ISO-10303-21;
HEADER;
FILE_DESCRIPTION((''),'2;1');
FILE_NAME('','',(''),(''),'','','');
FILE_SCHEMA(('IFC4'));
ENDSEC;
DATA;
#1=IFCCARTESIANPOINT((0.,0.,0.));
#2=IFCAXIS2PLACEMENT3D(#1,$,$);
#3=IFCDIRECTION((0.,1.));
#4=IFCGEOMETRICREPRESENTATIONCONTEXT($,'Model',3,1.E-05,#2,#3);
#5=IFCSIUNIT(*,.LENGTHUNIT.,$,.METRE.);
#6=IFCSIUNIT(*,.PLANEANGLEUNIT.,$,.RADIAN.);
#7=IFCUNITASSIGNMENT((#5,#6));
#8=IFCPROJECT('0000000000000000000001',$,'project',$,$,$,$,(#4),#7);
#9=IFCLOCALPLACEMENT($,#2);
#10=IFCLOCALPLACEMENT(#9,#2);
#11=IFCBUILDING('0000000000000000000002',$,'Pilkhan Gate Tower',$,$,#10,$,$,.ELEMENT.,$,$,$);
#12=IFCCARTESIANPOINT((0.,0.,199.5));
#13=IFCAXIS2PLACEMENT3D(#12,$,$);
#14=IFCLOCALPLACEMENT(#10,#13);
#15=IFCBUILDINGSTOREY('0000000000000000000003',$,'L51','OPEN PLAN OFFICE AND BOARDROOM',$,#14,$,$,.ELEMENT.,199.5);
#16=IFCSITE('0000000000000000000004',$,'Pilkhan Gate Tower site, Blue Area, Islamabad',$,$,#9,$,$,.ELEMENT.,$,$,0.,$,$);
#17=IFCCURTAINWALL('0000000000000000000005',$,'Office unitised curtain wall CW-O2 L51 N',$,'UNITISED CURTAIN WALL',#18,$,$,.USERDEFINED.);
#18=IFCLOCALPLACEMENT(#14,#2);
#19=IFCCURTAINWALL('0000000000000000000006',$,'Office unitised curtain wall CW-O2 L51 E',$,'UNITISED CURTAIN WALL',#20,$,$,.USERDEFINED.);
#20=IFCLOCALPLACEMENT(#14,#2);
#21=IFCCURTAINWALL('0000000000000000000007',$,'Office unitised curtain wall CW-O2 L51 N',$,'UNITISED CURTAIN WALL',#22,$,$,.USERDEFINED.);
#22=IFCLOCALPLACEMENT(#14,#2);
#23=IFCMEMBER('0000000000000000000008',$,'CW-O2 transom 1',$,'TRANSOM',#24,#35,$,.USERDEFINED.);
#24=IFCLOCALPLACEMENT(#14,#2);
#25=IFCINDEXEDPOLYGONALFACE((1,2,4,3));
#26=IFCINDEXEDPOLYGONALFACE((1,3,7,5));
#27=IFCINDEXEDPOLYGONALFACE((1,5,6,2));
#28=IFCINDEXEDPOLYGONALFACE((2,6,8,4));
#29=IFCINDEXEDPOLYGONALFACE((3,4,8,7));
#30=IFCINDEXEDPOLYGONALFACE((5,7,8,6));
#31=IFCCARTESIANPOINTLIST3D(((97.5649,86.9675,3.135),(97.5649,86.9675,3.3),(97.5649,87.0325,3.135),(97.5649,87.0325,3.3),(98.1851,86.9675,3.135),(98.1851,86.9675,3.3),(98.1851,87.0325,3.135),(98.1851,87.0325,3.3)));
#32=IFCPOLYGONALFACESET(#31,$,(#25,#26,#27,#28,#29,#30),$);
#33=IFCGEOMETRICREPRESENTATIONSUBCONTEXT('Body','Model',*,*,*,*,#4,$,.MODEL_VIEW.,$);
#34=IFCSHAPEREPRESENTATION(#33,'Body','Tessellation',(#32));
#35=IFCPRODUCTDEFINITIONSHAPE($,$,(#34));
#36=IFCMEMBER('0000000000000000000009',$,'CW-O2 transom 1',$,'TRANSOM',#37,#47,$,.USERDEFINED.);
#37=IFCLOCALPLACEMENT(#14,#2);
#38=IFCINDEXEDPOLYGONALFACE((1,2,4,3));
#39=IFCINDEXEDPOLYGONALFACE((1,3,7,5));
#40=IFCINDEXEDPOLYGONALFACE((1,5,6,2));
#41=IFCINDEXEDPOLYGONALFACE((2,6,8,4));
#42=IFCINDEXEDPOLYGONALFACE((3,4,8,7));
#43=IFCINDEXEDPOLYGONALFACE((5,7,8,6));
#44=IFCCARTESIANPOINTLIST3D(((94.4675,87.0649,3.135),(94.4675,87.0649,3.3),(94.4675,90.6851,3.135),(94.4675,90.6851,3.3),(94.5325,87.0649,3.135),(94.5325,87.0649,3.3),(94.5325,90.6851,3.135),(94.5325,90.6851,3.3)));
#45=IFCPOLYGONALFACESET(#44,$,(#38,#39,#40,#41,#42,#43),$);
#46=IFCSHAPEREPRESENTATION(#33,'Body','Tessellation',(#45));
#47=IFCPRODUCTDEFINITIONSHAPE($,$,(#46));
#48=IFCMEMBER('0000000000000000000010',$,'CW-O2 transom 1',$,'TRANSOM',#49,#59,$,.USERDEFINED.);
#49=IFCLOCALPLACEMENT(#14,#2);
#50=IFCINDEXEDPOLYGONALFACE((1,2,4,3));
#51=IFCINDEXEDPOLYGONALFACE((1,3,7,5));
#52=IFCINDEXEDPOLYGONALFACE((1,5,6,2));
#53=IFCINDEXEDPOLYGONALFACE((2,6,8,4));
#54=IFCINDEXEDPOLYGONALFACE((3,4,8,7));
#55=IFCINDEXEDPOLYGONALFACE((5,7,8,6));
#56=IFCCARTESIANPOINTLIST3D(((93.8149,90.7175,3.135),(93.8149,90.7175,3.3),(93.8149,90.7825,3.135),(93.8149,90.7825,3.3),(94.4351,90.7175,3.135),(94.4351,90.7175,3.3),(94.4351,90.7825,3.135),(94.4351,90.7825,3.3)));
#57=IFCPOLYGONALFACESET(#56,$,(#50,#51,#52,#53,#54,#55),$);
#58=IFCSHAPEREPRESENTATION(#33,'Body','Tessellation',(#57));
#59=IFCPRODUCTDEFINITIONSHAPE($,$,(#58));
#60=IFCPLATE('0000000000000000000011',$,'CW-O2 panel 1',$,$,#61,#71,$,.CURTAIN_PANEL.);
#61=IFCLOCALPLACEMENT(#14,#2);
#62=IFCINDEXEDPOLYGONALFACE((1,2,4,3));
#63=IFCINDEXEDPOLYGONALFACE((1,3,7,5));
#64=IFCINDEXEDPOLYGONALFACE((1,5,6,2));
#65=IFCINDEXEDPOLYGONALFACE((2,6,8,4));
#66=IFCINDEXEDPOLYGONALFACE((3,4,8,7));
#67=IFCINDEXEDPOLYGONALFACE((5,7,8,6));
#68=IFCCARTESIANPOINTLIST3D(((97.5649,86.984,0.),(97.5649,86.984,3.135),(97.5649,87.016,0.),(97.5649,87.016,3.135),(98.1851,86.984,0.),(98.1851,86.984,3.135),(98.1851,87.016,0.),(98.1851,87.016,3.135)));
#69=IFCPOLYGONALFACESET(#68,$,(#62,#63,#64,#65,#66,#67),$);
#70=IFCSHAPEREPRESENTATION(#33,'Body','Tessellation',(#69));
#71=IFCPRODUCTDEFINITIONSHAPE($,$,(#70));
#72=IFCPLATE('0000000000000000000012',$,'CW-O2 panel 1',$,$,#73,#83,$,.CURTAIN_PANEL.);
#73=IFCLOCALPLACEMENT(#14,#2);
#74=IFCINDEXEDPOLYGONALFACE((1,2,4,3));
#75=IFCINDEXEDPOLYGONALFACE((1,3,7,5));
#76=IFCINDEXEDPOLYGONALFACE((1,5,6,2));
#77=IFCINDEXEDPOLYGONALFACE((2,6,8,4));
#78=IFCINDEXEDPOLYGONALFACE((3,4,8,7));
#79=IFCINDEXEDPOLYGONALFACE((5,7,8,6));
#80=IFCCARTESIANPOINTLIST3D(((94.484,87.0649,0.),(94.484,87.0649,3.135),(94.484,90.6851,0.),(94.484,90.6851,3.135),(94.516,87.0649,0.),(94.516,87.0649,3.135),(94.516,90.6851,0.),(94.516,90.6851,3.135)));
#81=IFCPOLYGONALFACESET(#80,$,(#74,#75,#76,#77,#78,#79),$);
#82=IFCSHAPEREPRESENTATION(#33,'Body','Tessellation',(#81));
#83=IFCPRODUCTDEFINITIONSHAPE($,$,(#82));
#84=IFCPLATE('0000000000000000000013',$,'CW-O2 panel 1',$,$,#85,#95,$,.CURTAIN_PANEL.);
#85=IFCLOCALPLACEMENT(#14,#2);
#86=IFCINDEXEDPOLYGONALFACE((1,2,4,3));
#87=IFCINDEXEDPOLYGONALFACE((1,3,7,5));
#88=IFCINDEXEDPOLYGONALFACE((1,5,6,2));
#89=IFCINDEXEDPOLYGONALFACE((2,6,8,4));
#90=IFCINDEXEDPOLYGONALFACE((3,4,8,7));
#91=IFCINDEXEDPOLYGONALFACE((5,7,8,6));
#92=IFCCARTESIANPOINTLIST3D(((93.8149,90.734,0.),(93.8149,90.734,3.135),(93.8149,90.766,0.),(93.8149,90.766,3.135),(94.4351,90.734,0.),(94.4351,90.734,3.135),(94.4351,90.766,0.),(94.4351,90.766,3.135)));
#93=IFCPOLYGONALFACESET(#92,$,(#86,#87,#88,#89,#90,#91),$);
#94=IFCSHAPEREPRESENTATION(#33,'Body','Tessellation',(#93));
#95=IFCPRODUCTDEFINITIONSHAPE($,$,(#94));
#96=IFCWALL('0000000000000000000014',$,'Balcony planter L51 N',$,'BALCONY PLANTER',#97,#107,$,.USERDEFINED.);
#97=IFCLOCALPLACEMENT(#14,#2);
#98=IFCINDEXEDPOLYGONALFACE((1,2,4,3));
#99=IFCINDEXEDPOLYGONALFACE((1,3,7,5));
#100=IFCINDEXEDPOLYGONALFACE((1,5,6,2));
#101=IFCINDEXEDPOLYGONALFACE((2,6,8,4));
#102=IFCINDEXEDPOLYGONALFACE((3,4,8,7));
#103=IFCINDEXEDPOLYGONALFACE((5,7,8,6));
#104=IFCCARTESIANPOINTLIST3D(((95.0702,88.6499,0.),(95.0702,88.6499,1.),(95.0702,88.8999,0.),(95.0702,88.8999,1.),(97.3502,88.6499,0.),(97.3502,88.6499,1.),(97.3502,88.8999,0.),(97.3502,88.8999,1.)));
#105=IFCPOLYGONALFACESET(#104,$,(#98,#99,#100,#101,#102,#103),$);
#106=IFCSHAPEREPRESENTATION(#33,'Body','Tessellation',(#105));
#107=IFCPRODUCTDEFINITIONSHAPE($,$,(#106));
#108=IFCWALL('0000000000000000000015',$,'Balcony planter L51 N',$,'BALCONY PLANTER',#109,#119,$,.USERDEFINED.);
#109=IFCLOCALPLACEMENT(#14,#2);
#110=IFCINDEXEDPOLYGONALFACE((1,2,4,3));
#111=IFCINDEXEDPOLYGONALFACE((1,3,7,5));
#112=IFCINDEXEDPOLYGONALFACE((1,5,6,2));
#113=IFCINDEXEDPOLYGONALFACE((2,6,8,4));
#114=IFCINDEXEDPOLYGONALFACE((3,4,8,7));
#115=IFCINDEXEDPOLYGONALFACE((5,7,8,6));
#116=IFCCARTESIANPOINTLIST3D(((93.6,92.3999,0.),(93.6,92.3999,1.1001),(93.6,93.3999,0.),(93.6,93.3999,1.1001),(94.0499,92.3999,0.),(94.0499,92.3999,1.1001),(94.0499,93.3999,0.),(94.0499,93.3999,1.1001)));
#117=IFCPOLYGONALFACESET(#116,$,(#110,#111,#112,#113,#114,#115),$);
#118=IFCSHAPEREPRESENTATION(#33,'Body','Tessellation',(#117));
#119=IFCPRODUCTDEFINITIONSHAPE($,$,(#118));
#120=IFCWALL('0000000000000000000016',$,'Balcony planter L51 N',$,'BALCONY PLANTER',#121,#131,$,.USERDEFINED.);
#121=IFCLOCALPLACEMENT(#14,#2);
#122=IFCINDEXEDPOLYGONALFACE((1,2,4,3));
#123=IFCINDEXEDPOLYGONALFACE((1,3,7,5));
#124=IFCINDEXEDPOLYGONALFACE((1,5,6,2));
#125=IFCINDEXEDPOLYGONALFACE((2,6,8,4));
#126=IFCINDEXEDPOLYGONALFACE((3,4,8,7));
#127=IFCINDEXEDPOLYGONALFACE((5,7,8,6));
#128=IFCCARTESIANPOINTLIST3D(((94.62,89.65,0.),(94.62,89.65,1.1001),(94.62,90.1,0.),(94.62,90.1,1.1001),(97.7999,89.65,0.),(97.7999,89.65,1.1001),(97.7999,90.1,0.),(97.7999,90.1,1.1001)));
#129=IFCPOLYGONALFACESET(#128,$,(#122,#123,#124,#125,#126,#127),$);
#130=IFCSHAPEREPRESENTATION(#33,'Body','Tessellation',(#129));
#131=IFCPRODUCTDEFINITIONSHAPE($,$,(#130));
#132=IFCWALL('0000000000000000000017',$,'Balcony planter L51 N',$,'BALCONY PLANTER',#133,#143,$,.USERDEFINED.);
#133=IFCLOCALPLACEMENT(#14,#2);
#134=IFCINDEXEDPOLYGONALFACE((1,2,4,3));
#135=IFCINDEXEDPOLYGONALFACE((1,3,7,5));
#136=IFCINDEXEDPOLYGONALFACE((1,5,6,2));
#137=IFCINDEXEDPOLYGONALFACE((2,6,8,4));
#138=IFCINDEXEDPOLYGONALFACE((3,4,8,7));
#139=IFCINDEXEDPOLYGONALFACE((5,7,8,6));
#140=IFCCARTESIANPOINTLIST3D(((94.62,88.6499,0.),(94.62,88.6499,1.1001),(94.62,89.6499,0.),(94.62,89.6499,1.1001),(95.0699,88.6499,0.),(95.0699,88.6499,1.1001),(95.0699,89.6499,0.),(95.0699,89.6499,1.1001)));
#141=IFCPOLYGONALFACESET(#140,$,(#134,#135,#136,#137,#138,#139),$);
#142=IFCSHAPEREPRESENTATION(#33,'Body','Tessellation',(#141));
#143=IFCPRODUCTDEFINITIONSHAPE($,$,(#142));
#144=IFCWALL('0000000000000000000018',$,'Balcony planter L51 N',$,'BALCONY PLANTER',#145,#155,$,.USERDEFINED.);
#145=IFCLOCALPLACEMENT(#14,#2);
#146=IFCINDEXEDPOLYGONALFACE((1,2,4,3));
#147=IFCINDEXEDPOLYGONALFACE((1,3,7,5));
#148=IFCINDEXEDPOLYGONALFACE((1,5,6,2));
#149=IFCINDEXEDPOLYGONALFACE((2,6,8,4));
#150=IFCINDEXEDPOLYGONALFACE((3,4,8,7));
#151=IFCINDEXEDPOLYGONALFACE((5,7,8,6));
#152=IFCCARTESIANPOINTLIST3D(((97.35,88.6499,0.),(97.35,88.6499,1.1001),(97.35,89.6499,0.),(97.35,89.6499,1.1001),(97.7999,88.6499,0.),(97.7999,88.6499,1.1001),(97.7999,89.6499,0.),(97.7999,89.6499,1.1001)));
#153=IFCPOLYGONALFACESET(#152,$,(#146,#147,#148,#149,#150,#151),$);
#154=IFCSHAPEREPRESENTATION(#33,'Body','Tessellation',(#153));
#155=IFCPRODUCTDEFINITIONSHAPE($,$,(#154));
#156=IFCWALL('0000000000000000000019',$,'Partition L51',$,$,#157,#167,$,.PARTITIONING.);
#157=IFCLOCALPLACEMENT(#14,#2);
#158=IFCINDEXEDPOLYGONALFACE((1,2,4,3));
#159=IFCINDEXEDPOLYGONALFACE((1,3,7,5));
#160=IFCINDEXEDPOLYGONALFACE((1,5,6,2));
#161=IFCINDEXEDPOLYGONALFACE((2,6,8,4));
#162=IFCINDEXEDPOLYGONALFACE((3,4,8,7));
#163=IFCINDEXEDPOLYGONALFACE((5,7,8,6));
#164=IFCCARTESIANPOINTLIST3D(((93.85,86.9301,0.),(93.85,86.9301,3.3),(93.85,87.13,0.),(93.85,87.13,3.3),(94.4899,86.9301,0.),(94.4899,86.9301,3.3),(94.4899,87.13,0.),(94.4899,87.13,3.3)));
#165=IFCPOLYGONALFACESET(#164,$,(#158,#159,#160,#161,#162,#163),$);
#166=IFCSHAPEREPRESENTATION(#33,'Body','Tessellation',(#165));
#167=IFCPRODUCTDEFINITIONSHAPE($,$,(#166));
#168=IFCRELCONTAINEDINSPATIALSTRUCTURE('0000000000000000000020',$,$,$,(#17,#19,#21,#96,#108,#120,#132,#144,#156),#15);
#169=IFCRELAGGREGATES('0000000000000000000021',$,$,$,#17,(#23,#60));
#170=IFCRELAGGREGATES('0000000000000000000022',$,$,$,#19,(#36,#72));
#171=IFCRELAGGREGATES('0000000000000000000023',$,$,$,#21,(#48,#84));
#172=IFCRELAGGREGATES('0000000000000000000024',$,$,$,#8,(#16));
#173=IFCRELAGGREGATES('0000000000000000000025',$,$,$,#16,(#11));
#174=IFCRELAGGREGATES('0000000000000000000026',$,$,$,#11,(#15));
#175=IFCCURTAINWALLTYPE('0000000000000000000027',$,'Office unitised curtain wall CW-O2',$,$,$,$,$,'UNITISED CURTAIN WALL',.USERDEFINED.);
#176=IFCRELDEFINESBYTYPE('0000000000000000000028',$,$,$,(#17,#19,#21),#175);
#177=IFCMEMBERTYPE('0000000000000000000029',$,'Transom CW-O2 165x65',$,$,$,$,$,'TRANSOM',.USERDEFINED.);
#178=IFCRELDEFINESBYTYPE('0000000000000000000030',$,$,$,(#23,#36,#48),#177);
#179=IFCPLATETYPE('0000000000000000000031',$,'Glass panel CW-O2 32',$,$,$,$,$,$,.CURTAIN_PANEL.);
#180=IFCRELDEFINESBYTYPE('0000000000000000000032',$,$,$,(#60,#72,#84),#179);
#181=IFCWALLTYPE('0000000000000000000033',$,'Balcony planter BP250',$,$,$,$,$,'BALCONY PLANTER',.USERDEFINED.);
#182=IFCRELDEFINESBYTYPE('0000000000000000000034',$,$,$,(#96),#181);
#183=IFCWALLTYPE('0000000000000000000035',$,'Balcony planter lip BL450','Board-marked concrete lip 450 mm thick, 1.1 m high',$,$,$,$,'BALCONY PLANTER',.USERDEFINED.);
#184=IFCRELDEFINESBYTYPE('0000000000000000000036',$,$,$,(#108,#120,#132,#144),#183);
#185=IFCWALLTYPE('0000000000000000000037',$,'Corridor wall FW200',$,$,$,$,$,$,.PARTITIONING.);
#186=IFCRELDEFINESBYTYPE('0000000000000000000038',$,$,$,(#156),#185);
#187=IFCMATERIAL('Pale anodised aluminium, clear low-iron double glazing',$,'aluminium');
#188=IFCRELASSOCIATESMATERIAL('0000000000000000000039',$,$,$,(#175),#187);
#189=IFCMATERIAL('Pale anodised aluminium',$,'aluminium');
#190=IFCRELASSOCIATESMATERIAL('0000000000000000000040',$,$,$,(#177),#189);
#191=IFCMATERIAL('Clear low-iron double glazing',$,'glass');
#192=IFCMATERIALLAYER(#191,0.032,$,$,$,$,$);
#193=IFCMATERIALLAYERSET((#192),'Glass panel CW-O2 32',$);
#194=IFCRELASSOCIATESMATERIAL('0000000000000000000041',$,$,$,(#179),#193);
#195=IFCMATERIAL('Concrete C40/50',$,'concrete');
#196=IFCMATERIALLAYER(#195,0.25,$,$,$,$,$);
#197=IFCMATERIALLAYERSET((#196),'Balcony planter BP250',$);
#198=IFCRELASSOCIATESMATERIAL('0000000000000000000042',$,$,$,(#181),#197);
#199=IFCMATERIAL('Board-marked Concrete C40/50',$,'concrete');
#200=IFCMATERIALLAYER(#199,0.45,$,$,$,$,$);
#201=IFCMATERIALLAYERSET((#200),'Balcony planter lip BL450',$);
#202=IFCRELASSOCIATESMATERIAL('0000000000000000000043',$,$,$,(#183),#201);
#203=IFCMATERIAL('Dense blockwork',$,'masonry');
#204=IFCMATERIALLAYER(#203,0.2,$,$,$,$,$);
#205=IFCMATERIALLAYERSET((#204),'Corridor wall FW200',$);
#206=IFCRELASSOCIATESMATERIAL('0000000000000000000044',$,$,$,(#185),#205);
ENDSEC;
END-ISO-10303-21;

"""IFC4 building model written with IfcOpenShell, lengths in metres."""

from ifc_helpers import new_model, si_unit, direction, frame, frame_2d, origin, origin_2d, place, context, subcontext, project, spatial, rectangle, extrude, material, layer, layer_set, material_profile, profile_set, type_object, element, aggregate, save


model = new_model("IFC4")

# Units and contexts
model_context = context("Model", 3, precision=1e-05, world=origin(), true_north=direction((0.0, 1.0)))
body_context = subcontext(model_context, "Body", "Model", "MODEL_VIEW")
ifc_project = project(units=[si_unit("LENGTHUNIT", "METRE"), si_unit("PLANEANGLEUNIT", "RADIAN")], contexts=[model_context])

# Site, building, storey
site_placement = place(None, origin())
site = spatial("IfcSite", under=ifc_project, at=site_placement, Name="Pilkhan Gate Tower site, Blue Area, Islamabad", CompositionType="ELEMENT", RefElevation=0.0)
building_placement = place(site_placement, origin())
building = spatial("IfcBuilding", under=site, at=building_placement, Name="Pilkhan Gate Tower", CompositionType="ELEMENT")
storey_placement = place(building_placement, frame((0.0, 0.0, 199.5)))
storey = spatial("IfcBuildingStorey", under=building, at=storey_placement, Name="L51", Description="OPEN PLAN OFFICE AND BOARDROOM", CompositionType="ELEMENT", Elevation=199.5)

# Shared definitions
ifc_material_1 = material(Name="Pale anodised aluminium, clear low-iron double glazing", Category="aluminium")
curtain_wall_type = type_object("IfcCurtainWallType", Name="Office unitised curtain wall CW-O2", ElementType="UNITISED CURTAIN WALL", PredefinedType="USERDEFINED", material=ifc_material_1)
ifc_material_2 = material(Name="Pale anodised aluminium", Category="aluminium")

# Curtain walls
curtain_wall_1_placement = place(storey_placement, origin())
curtain_wall_1 = element("IfcCurtainWall", 1, at=curtain_wall_1_placement, inside=storey, type_object=curtain_wall_type, Name="Office unitised curtain wall CW-O2 L51 N", ObjectType="UNITISED CURTAIN WALL", PredefinedType="USERDEFINED")
curtain_wall_2_placement = place(storey_placement, origin())
curtain_wall_2 = element("IfcCurtainWall", 2, at=curtain_wall_2_placement, inside=storey, type_object=curtain_wall_type, Name="Office unitised curtain wall CW-O2 L51 E", ObjectType="UNITISED CURTAIN WALL", PredefinedType="USERDEFINED")
curtain_wall_3_placement = place(storey_placement, origin())
curtain_wall_3 = element("IfcCurtainWall", 3, at=curtain_wall_3_placement, inside=storey, type_object=curtain_wall_type, Name="Office unitised curtain wall CW-O2 L51 N", ObjectType="UNITISED CURTAIN WALL", PredefinedType="USERDEFINED")

# Members
ifc_material_profile_1 = material_profile(ifc_material_2, rectangle(XDim=0.0649, YDim=0.165, at=origin_2d()), Name="Transom 165x65")
ifc_profile_set_1 = profile_set([ifc_material_profile_1], Name="Pale anodised aluminium")
member_type_1 = type_object("IfcMemberType", Name="Transom CW-O2 165x65", ElementType="TRANSOM", PredefinedType="USERDEFINED", material=ifc_profile_set_1)
member_1_placement = place(storey_placement, frame((97.5649, 87.0, 3.2175), z_axis=(1.0, 0.0, 0.0), x_axis=(0.0, 1.0, 0.0)))
member_1 = element("IfcMember", 4, at=member_1_placement, type_object=member_type_1, Name="CW-O2 transom 1", ObjectType="TRANSOM", PredefinedType="USERDEFINED", context=body_context, shape_type="SweptSolid", body=[
    extrude(rectangle(XDim=0.0649, YDim=0.165, at=origin_2d()), origin(), (0.0, 0.0, 1.0), 0.6201),
])
member_2_placement = place(storey_placement, frame((94.5, 87.0649, 3.2175), z_axis=(0.0, 1.0, 0.0), x_axis=(-1.0, 0.0, 0.0)))
member_2 = element("IfcMember", 5, at=member_2_placement, type_object=member_type_1, Name="CW-O2 transom 1", ObjectType="TRANSOM", PredefinedType="USERDEFINED", context=body_context, shape_type="SweptSolid", body=[
    extrude(rectangle(XDim=0.0649, YDim=0.165, at=origin_2d()), origin(), (0.0, 0.0, 1.0), 3.6201),
])
member_3_placement = place(storey_placement, frame((93.8149, 90.75, 3.2175), z_axis=(1.0, 0.0, 0.0), x_axis=(0.0, 1.0, 0.0)))
member_3 = element("IfcMember", 6, at=member_3_placement, type_object=member_type_1, Name="CW-O2 transom 1", ObjectType="TRANSOM", PredefinedType="USERDEFINED", context=body_context, shape_type="SweptSolid", body=[
    extrude(rectangle(XDim=0.0649, YDim=0.165, at=origin_2d()), origin(), (0.0, 0.0, 1.0), 0.6201),
])

# Plates
ifc_material_3 = material(Name="Clear low-iron double glazing", Category="glass")
ifc_layer_1 = layer(ifc_material_3, 0.032)
ifc_layer_set_1 = layer_set([ifc_layer_1], Name="Glass panel CW-O2 32")
plate_type = type_object("IfcPlateType", Name="Glass panel CW-O2 32", PredefinedType="CURTAIN_PANEL", material=ifc_layer_set_1)
plate_1_placement = place(storey_placement, frame((97.875, 87.0, 0.0), z_axis=(0.0, 0.0, 1.0), x_axis=(1.0, 0.0, 0.0)))
plate_1 = element("IfcPlate", 7, at=plate_1_placement, type_object=plate_type, Name="CW-O2 panel 1", PredefinedType="CURTAIN_PANEL", context=body_context, shape_type="SweptSolid", body=[
    extrude(rectangle(XDim=0.6201, YDim=0.032, at=origin_2d()), origin(), (0.0, 0.0, 1.0), 3.135),
])
aggregate(curtain_wall_1, [member_1, plate_1])
plate_2_placement = place(storey_placement, frame((94.5, 88.875, 0.0), z_axis=(0.0, 0.0, 1.0), x_axis=(0.0, 1.0, 0.0)))
plate_2 = element("IfcPlate", 8, at=plate_2_placement, type_object=plate_type, Name="CW-O2 panel 1", PredefinedType="CURTAIN_PANEL", context=body_context, shape_type="SweptSolid", body=[
    extrude(rectangle(XDim=3.6201, YDim=0.032, at=origin_2d()), origin(), (0.0, 0.0, 1.0), 3.135),
])
aggregate(curtain_wall_2, [member_2, plate_2])
plate_3_placement = place(storey_placement, frame((94.125, 90.75, 0.0), z_axis=(0.0, 0.0, 1.0), x_axis=(1.0, 0.0, 0.0)))
plate_3 = element("IfcPlate", 9, at=plate_3_placement, type_object=plate_type, Name="CW-O2 panel 1", PredefinedType="CURTAIN_PANEL", context=body_context, shape_type="SweptSolid", body=[
    extrude(rectangle(XDim=0.6201, YDim=0.032, at=origin_2d()), origin(), (0.0, 0.0, 1.0), 3.135),
])
aggregate(curtain_wall_3, [member_3, plate_3])

# Walls
ifc_material_4 = material(Name="Concrete C40/50", Category="concrete")
ifc_layer_2 = layer(ifc_material_4, 0.25)
ifc_layer_set_2 = layer_set([ifc_layer_2], Name="Balcony planter BP250")
wall_type_1 = type_object("IfcWallType", Name="Balcony planter BP250", ElementType="BALCONY PLANTER", PredefinedType="USERDEFINED", material=ifc_layer_set_2)
wall_1_placement = place(storey_placement, frame((95.0701, 88.7749, 0.0), z_axis=(0.0, 0.0, 1.0), x_axis=(1.0, 0.0, 0.0)))
element("IfcWall", 10, at=wall_1_placement, inside=storey, type_object=wall_type_1, Name="Balcony planter L51 N", ObjectType="BALCONY PLANTER", PredefinedType="USERDEFINED", context=body_context, shape_type="SweptSolid", body=[
    extrude(rectangle(XDim=2.28, YDim=0.25, at=frame_2d((1.1401, 0.0))), origin(), (0.0, 0.0, 1.0), 1.0),
])
ifc_material_5 = material(Name="Board-marked Concrete C40/50", Category="concrete")
ifc_layer_3 = layer(ifc_material_5, 0.45)
ifc_layer_set_3 = layer_set([ifc_layer_3], Name="Balcony planter lip BL450")
wall_type_2 = type_object("IfcWallType", Name="Balcony planter lip BL450", Description="Board-marked concrete lip 450 mm thick, 1.1 m high", ElementType="BALCONY PLANTER", PredefinedType="USERDEFINED", material=ifc_layer_set_3)
wall_2_placement = place(storey_placement, frame((93.825, 92.3999, 0.0), z_axis=(0.0, 0.0, 1.0), x_axis=(0.0, 1.0, 0.0)))
element("IfcWall", 11, at=wall_2_placement, inside=storey, type_object=wall_type_2, Name="Balcony planter L51 N", ObjectType="BALCONY PLANTER", PredefinedType="USERDEFINED", context=body_context, shape_type="SweptSolid", body=[
    extrude(rectangle(XDim=1.0, YDim=0.45, at=frame_2d((0.5, 0.0))), origin(), (0.0, 0.0, 1.0), 1.1001),
])
wall_3_placement = place(storey_placement, frame((94.6201, 89.875, 0.0), z_axis=(0.0, 0.0, 1.0), x_axis=(1.0, 0.0, 0.0)))
element("IfcWall", 12, at=wall_3_placement, inside=storey, type_object=wall_type_2, Name="Balcony planter L51 N", ObjectType="BALCONY PLANTER", PredefinedType="USERDEFINED", context=body_context, shape_type="SweptSolid", body=[
    extrude(rectangle(XDim=3.1799, YDim=0.45, at=frame_2d((1.5898, 0.0))), origin(), (0.0, 0.0, 1.0), 1.1001),
])
for number, where, z_axis, x_axis, name in (
    (13, (94.845, 88.6499, 0.0), (0.0, 0.0, 1.0), (0.0, 1.0, 0.0), "Balcony planter L51 N"),
    (14, (97.575, 88.6499, 0.0), (0.0, 0.0, 1.0), (0.0, 1.0, 0.0), "Balcony planter L51 N"),
):
    element("IfcWall", number, at=place(storey_placement, frame(where, z_axis=z_axis, x_axis=x_axis)), inside=storey, type_object=wall_type_2, Name=name, ObjectType="BALCONY PLANTER", PredefinedType="USERDEFINED", context=body_context, shape_type="SweptSolid", body=[
        extrude(rectangle(XDim=1.0, YDim=0.45, at=frame_2d((0.5, 0.0))), origin(), (0.0, 0.0, 1.0), 1.1001),
    ])
ifc_material_6 = material(Name="Dense blockwork", Category="masonry")
ifc_layer_4 = layer(ifc_material_6, 0.2)
ifc_layer_set_4 = layer_set([ifc_layer_4], Name="Corridor wall FW200")
wall_type_3 = type_object("IfcWallType", Name="Corridor wall FW200", PredefinedType="PARTITIONING", material=ifc_layer_set_4)
wall_4_placement = place(storey_placement, frame((93.8501, 87.03, 0.0), z_axis=(0.0, 0.0, 1.0), x_axis=(1.0, 0.0, 0.0)))
element("IfcWall", 15, at=wall_4_placement, inside=storey, type_object=wall_type_3, Name="Partition L51", PredefinedType="PARTITIONING", context=body_context, shape_type="SweptSolid", body=[
    extrude(rectangle(XDim=0.6399, YDim=0.2, at=frame_2d((0.3198, 0.0))), origin(), (0.0, 0.0, 1.0), 3.3),
])

save(model, "model.ifc")
